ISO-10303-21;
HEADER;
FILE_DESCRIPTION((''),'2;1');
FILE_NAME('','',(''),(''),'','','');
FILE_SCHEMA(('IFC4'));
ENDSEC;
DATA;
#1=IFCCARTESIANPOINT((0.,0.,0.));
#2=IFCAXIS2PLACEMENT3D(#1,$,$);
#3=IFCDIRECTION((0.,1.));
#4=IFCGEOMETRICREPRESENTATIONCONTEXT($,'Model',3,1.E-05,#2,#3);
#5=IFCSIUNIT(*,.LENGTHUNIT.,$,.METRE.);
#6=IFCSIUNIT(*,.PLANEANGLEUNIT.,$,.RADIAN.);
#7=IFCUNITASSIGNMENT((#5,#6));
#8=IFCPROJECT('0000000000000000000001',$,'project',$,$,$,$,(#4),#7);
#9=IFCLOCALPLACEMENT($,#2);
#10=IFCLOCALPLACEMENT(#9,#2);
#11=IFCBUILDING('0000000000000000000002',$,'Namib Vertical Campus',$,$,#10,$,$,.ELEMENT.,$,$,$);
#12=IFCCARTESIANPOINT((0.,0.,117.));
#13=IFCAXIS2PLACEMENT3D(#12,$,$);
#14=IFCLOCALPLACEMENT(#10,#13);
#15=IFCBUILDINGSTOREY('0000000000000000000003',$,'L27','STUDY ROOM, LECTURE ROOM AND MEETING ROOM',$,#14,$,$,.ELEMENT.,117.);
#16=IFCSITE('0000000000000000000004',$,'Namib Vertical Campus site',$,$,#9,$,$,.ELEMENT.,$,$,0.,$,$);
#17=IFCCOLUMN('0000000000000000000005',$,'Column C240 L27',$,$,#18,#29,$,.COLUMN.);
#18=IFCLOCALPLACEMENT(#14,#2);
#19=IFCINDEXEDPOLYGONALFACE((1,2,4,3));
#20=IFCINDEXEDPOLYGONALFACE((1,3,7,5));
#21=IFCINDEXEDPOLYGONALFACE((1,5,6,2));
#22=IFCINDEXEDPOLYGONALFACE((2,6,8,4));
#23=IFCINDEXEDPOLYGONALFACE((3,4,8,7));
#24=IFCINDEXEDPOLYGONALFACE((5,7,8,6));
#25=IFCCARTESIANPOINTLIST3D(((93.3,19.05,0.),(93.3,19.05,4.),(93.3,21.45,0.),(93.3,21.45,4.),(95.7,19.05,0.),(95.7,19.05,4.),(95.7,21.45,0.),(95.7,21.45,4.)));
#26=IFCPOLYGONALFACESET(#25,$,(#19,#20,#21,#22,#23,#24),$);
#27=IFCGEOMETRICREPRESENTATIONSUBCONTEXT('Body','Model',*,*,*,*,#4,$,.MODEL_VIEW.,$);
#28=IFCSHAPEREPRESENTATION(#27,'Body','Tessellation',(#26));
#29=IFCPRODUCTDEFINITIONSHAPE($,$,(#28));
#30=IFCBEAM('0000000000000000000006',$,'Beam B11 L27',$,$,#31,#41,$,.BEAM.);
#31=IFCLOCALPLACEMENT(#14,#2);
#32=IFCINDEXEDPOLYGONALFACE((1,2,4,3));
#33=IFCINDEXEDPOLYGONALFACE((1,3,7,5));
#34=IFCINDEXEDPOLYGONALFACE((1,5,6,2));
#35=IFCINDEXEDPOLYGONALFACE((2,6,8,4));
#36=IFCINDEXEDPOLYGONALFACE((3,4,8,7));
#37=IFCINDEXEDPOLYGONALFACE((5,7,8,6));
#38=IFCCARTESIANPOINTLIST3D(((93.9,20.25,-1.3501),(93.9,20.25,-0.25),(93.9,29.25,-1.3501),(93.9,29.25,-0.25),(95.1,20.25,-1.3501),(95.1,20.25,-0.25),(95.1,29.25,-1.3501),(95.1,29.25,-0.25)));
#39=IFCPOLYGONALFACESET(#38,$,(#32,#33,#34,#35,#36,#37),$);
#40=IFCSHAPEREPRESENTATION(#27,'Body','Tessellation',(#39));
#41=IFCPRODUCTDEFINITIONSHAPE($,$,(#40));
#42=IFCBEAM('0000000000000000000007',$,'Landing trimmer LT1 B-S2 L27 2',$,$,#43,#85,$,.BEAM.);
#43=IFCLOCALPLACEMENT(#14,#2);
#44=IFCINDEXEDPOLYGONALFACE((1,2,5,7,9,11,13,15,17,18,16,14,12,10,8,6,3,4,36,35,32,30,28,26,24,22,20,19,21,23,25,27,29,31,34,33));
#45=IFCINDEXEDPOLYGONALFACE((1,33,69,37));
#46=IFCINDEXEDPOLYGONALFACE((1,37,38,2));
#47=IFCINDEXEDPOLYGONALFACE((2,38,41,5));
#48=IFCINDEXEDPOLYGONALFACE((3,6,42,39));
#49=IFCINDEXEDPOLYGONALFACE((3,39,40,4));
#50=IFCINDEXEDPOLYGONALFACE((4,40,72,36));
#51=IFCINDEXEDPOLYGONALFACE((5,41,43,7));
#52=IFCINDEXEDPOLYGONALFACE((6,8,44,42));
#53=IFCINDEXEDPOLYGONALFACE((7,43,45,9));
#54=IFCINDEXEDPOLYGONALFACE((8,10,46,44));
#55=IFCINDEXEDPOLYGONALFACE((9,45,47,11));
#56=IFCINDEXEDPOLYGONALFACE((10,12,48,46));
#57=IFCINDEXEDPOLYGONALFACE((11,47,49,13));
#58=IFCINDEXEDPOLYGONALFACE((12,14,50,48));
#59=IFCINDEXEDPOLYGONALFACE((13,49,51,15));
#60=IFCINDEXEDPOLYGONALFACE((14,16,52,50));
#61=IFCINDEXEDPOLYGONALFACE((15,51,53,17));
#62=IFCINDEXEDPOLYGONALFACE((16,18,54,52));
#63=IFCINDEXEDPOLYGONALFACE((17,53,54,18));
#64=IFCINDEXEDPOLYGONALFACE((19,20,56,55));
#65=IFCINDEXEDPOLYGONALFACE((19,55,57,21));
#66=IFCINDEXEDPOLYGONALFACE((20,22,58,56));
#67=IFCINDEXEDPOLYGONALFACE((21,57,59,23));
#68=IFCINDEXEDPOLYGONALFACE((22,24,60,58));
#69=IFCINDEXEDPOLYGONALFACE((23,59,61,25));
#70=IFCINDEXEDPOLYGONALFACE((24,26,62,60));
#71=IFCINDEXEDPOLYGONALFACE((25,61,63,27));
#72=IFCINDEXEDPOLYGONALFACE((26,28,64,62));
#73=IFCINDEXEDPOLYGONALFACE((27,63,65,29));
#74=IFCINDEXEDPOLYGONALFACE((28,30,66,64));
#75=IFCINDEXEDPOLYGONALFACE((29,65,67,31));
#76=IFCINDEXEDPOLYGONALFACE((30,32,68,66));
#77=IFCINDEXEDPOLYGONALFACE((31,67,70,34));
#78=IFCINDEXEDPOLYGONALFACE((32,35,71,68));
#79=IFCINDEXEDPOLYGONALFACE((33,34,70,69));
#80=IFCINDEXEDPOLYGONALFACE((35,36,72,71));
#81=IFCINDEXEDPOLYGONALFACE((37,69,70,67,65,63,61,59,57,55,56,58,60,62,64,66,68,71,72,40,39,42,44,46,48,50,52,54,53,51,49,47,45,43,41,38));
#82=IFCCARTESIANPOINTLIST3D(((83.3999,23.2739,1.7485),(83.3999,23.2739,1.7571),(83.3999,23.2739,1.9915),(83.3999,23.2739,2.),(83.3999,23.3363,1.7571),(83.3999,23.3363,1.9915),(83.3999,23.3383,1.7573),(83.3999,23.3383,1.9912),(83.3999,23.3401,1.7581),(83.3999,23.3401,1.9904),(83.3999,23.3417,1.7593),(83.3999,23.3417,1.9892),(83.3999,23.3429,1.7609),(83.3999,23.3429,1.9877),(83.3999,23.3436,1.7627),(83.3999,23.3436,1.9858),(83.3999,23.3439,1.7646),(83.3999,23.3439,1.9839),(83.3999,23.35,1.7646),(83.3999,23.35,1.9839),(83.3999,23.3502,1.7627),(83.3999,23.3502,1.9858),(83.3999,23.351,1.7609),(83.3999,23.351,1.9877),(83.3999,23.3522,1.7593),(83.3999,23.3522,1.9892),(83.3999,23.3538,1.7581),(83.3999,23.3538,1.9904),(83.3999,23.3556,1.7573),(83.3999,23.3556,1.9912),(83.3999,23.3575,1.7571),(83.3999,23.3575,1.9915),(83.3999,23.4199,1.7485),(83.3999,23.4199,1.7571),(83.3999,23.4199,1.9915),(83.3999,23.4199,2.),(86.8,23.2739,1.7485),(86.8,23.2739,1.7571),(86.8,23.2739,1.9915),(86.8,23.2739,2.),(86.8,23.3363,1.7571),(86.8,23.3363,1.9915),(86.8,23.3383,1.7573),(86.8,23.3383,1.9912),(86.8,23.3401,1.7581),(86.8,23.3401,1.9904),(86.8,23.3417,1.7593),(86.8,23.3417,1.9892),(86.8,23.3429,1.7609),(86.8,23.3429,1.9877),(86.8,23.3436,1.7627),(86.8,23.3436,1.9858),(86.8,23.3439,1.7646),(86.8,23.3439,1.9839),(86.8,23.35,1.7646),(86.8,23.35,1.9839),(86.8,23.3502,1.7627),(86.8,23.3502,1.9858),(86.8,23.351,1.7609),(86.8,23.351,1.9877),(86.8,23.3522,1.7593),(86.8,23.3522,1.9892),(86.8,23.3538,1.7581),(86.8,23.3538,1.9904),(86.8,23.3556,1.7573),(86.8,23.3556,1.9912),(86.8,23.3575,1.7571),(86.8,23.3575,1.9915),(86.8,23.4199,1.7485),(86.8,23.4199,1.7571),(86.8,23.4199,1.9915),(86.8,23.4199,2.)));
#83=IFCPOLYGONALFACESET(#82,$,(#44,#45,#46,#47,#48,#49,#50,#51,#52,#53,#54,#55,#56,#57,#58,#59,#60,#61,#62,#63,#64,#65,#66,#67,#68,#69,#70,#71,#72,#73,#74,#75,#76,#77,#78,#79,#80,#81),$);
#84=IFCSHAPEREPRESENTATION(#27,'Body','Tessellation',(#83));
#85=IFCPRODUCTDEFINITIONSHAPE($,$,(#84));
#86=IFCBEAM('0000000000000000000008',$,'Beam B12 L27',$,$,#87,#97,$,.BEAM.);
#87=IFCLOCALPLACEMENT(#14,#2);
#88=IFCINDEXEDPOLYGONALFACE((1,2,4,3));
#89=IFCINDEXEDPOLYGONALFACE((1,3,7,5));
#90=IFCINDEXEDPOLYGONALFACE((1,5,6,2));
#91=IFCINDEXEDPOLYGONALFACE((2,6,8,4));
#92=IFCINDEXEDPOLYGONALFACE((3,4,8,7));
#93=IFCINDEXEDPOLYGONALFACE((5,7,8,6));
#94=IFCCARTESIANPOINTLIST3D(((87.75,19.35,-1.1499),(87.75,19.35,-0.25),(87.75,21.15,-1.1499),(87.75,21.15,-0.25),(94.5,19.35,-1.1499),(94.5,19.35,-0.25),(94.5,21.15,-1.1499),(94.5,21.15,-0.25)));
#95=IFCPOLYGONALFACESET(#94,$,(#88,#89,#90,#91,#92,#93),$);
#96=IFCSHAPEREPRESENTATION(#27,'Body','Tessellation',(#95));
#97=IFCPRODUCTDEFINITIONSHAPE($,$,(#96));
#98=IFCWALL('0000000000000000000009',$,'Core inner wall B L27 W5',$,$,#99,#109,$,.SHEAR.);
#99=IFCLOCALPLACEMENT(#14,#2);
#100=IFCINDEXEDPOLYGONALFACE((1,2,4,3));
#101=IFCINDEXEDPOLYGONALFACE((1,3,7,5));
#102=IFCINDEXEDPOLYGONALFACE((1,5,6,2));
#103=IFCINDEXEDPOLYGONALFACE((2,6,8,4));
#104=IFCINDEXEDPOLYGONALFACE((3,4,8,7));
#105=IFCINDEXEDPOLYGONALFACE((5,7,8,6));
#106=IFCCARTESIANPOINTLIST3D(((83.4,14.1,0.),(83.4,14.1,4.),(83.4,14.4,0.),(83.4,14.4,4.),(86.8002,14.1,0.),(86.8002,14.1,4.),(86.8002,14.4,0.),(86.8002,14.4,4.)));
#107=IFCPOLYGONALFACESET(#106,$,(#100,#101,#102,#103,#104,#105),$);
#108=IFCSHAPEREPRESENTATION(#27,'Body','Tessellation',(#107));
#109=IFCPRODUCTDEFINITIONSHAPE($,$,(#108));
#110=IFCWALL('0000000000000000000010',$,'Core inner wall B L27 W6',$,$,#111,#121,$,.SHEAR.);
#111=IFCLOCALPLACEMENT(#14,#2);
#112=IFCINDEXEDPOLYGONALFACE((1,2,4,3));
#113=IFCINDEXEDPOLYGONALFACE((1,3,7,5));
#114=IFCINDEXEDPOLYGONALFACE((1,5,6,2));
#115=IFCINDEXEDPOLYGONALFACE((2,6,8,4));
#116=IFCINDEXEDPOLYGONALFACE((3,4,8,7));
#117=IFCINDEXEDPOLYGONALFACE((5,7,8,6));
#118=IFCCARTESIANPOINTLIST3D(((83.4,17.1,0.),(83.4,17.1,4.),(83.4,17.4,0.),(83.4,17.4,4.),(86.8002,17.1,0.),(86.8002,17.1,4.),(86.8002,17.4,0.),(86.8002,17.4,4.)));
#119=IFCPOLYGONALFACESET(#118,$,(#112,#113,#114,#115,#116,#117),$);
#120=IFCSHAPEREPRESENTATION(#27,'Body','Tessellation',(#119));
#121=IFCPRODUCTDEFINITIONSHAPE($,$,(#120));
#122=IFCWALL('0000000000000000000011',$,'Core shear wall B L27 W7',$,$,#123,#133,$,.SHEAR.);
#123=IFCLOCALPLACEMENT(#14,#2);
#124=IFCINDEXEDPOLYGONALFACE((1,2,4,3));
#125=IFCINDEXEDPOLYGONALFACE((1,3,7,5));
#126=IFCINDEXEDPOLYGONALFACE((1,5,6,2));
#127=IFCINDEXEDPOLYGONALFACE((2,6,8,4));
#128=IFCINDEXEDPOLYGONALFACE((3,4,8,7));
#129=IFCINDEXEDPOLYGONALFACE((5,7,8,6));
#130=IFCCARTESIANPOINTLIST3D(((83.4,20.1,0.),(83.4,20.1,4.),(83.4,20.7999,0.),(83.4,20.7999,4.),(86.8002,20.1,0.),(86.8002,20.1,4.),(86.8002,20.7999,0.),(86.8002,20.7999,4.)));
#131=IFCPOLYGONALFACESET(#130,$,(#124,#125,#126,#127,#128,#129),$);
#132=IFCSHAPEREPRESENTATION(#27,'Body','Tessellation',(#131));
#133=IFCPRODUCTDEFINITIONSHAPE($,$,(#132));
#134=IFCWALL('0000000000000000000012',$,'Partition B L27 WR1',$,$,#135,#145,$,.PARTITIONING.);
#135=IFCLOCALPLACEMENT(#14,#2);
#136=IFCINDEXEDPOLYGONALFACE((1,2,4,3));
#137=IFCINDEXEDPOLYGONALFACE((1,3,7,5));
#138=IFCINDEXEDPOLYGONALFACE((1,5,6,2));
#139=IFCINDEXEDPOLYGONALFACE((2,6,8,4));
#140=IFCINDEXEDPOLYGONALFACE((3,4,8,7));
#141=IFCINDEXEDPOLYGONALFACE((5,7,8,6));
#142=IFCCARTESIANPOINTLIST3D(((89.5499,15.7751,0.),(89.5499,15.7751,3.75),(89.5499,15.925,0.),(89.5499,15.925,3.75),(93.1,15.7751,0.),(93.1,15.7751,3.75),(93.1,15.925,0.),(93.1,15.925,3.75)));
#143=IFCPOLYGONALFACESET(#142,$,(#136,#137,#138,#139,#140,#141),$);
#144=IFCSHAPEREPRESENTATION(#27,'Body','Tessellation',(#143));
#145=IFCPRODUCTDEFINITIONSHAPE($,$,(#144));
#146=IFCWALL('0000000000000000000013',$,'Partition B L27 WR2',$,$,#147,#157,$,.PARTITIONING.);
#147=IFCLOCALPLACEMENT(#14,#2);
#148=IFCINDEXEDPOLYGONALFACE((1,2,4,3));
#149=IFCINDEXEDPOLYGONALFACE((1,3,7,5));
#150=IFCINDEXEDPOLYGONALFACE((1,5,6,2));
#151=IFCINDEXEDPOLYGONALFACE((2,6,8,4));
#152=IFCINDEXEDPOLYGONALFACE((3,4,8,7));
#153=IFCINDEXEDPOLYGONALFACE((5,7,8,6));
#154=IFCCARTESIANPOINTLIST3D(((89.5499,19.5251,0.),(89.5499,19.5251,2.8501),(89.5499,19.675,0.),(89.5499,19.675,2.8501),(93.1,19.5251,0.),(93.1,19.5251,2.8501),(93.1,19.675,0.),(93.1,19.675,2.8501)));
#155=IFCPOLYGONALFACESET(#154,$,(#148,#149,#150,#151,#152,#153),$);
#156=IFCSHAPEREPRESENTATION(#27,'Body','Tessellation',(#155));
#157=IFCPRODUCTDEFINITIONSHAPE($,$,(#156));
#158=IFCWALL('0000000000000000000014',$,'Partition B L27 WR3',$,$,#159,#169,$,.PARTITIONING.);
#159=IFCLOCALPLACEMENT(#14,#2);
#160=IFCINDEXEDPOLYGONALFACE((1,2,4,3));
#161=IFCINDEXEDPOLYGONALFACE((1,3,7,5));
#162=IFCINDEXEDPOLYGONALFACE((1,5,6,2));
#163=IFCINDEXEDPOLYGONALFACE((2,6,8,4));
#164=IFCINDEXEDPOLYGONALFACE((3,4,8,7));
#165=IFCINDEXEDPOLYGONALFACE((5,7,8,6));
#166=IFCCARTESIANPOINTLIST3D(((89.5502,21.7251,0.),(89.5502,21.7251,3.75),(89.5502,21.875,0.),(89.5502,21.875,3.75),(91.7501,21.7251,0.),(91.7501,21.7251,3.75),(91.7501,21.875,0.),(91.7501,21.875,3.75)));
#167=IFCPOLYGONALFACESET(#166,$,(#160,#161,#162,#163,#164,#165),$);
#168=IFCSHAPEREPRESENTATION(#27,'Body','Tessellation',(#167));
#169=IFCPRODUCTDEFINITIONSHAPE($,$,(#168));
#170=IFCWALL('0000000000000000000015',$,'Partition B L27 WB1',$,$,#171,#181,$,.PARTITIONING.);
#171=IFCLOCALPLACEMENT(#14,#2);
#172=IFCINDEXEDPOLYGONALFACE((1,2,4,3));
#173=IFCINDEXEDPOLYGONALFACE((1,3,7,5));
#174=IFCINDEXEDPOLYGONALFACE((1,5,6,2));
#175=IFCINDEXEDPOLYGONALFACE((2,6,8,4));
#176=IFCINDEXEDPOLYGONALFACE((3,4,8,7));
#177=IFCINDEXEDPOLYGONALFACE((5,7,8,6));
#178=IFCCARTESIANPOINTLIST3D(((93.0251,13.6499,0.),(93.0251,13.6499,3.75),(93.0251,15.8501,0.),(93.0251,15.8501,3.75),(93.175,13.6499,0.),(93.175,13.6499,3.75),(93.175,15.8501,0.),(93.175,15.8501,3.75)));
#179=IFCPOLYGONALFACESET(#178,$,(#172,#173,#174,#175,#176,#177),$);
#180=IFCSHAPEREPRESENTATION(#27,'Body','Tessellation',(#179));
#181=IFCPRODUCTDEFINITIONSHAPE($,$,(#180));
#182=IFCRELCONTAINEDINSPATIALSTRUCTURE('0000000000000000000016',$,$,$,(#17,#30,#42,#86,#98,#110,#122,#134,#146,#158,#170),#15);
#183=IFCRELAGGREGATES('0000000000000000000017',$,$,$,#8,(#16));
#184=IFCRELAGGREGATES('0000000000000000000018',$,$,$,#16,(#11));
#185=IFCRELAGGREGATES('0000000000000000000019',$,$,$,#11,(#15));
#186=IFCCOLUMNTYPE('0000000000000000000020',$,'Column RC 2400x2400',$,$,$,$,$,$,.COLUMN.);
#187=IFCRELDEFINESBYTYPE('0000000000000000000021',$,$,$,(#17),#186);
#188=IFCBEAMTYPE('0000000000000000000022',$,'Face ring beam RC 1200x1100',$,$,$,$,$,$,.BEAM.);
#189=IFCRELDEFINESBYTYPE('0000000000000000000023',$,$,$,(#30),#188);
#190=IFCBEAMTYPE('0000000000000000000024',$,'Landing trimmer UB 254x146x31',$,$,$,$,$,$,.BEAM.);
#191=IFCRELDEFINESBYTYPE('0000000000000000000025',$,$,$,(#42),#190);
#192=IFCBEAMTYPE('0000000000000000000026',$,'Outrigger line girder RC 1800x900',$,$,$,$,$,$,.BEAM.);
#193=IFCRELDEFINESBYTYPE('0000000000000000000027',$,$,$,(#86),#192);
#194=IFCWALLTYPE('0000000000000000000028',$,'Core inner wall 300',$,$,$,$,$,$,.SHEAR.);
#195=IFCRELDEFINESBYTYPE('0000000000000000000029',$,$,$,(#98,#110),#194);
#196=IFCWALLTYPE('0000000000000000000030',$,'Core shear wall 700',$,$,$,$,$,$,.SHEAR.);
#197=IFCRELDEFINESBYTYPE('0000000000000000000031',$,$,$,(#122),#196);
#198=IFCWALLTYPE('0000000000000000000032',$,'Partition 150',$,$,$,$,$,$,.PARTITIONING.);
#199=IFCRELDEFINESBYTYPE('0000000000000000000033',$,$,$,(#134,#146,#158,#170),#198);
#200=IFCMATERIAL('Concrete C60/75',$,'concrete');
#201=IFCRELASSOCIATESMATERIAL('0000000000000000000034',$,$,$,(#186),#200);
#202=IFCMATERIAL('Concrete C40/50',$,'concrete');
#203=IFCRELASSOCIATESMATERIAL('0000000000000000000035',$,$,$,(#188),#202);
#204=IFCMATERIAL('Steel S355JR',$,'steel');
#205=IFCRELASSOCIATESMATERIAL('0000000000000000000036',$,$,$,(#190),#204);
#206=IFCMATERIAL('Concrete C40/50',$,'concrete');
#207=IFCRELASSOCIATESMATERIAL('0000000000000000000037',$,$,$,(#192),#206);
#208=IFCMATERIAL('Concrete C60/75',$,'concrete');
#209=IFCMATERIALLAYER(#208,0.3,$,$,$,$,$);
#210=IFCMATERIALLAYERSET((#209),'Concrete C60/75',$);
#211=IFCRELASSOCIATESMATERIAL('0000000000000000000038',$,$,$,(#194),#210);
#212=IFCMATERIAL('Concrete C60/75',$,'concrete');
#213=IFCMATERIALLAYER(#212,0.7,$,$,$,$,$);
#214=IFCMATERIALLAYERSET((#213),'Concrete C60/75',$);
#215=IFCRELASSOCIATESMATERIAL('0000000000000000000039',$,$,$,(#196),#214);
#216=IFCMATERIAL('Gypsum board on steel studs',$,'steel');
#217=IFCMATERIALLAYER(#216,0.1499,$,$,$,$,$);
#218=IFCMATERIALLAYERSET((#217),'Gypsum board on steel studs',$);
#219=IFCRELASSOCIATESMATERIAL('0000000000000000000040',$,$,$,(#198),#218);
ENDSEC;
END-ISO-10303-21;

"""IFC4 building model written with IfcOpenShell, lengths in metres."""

from ifc_helpers import new_model, si_unit, direction, frame, frame_2d, origin, origin_2d, place, context, subcontext, project, spatial, rectangle, i_section, extrude, material, layer, layer_set, material_profile, profile_set, type_object, element, save


model = new_model("IFC4")

# Units and contexts
model_context = context("Model", 3, precision=1e-05, world=origin(), true_north=direction((0.0, 1.0)))
body_context = subcontext(model_context, "Body", "Model", "MODEL_VIEW")
ifc_project = project(units=[si_unit("LENGTHUNIT", "METRE"), si_unit("PLANEANGLEUNIT", "RADIAN")], contexts=[model_context])

# Site, building, storey
site_placement = place(None, origin())
site = spatial("IfcSite", under=ifc_project, at=site_placement, Name="Namib Vertical Campus site", CompositionType="ELEMENT", RefElevation=0.0)
building_placement = place(site_placement, origin())
building = spatial("IfcBuilding", under=site, at=building_placement, Name="Namib Vertical Campus", CompositionType="ELEMENT")
storey_placement = place(building_placement, frame((0.0, 0.0, 117.0)))
storey = spatial("IfcBuildingStorey", under=building, at=storey_placement, Name="L27", Description="STUDY ROOM, LECTURE ROOM AND MEETING ROOM", CompositionType="ELEMENT", Elevation=117.0)

# Column
ifc_material_1 = material(Name="Concrete C60/75", Category="concrete")
ifc_material_profile_1 = material_profile(ifc_material_1, rectangle(XDim=2.3999, YDim=2.3999, at=origin_2d()))
ifc_profile_set_1 = profile_set([ifc_material_profile_1], Name="Concrete C60/75")
column_type = type_object("IfcColumnType", Name="Column RC 2400x2400", PredefinedType="COLUMN", material=ifc_profile_set_1)
column_placement = place(storey_placement, frame((94.5, 20.25, 0.0), z_axis=(0.0, 0.0, 1.0), x_axis=(1.0, 0.0, 0.0)))
element("IfcColumn", 1, at=column_placement, inside=storey, type_object=column_type, Name="Column C240 L27", PredefinedType="COLUMN", context=body_context, shape_type="SweptSolid", body=[
    extrude(rectangle(XDim=2.3999, YDim=2.3999, at=origin_2d()), origin(), (0.0, 0.0, 1.0), 4.0),
])

# Beams
ifc_material_2 = material(Name="Concrete C40/50", Category="concrete")
ifc_material_profile_2 = material_profile(ifc_material_2, rectangle(XDim=1.2, YDim=1.1001, at=origin_2d()))
ifc_profile_set_2 = profile_set([ifc_material_profile_2], Name="Concrete C40/50")
beam_type_1 = type_object("IfcBeamType", Name="Face ring beam RC 1200x1100", PredefinedType="BEAM", material=ifc_profile_set_2)
beam_1_placement = place(storey_placement, frame((94.5, 20.25, -0.8), z_axis=(0.0, 1.0, 0.0), x_axis=(-1.0, 0.0, 0.0)))
element("IfcBeam", 2, at=beam_1_placement, inside=storey, type_object=beam_type_1, Name="Beam B11 L27", PredefinedType="BEAM", context=body_context, shape_type="SweptSolid", body=[
    extrude(rectangle(XDim=1.2, YDim=1.1001, at=origin_2d()), origin(), (0.0, 0.0, 1.0), 9.0),
])
ifc_material_3 = material(Name="Steel S355JR", Category="steel")
ifc_material_profile_3 = material_profile(ifc_material_3, i_section(OverallWidth=0.146, OverallDepth=0.2515, WebThickness=0.0061, FlangeThickness=0.0085, FilletRadius=0.0076, at=origin_2d()))
ifc_profile_set_3 = profile_set([ifc_material_profile_3], Name="Steel S355JR")
beam_type_2 = type_object("IfcBeamType", Name="Landing trimmer UB 254x146x31", PredefinedType="BEAM", material=ifc_profile_set_3)
beam_2_placement = place(storey_placement, frame((83.3999, 23.3469, 1.8743), z_axis=(1.0, 0.0, 0.0), x_axis=(0.0, 1.0, 0.0)))
element("IfcBeam", 3, at=beam_2_placement, inside=storey, type_object=beam_type_2, Name="Landing trimmer LT1 B-S2 L27 2", PredefinedType="BEAM", context=body_context, shape_type="SweptSolid", body=[
    extrude(i_section(OverallWidth=0.146, OverallDepth=0.2515, WebThickness=0.0061, FlangeThickness=0.0085, FilletRadius=0.0076, at=origin_2d()), origin(), (0.0, 0.0, 1.0), 3.4001),
])
ifc_material_4 = material(Name="Concrete C40/50", Category="concrete")
ifc_material_profile_4 = material_profile(ifc_material_4, rectangle(XDim=1.8, YDim=0.8999, at=origin_2d()))
ifc_profile_set_4 = profile_set([ifc_material_profile_4], Name="Concrete C40/50")
beam_type_3 = type_object("IfcBeamType", Name="Outrigger line girder RC 1800x900", PredefinedType="BEAM", material=ifc_profile_set_4)
beam_3_placement = place(storey_placement, frame((94.5, 20.25, -0.7), z_axis=(-1.0, 0.0, 0.0), x_axis=(0.0, -1.0, 0.0)))
element("IfcBeam", 4, at=beam_3_placement, inside=storey, type_object=beam_type_3, Name="Beam B12 L27", PredefinedType="BEAM", context=body_context, shape_type="SweptSolid", body=[
    extrude(rectangle(XDim=1.8, YDim=0.8999, at=origin_2d()), origin(), (0.0, 0.0, 1.0), 6.75),
])

# Walls
ifc_material_5 = material(Name="Concrete C60/75", Category="concrete")
ifc_layer_1 = layer(ifc_material_5, 0.3)
ifc_layer_set_1 = layer_set([ifc_layer_1], Name="Concrete C60/75")
wall_type_1 = type_object("IfcWallType", Name="Core inner wall 300", PredefinedType="SHEAR", material=ifc_layer_set_1)
for number, where, z_axis, x_axis, name in (
    (5, (83.3999, 14.25, 0.0), (0.0, 0.0, 1.0), (1.0, 0.0, 0.0), "Core inner wall B L27 W5"),
    (6, (83.3999, 17.25, 0.0), (0.0, 0.0, 1.0), (1.0, 0.0, 0.0), "Core inner wall B L27 W6"),
):
    element("IfcWall", number, at=place(storey_placement, frame(where, z_axis=z_axis, x_axis=x_axis)), inside=storey, type_object=wall_type_1, Name=name, PredefinedType="SHEAR", context=body_context, shape_type="SweptSolid", body=[
        extrude(rectangle(XDim=3.4001, YDim=0.3, at=frame_2d((1.7002, 0.0))), origin(), (0.0, 0.0, 1.0), 4.0),
    ])
ifc_material_6 = material(Name="Concrete C60/75", Category="concrete")
ifc_layer_2 = layer(ifc_material_6, 0.7)
ifc_layer_set_2 = layer_set([ifc_layer_2], Name="Concrete C60/75")
wall_type_2 = type_object("IfcWallType", Name="Core shear wall 700", PredefinedType="SHEAR", material=ifc_layer_set_2)
wall_1_placement = place(storey_placement, frame((83.3999, 20.45, 0.0), z_axis=(0.0, 0.0, 1.0), x_axis=(1.0, 0.0, 0.0)))
element("IfcWall", 7, at=wall_1_placement, inside=storey, type_object=wall_type_2, Name="Core shear wall B L27 W7", PredefinedType="SHEAR", context=body_context, shape_type="SweptSolid", body=[
    extrude(rectangle(XDim=3.4001, YDim=0.7, at=frame_2d((1.7002, 0.0))), origin(), (0.0, 0.0, 1.0), 4.0),
])
ifc_material_7 = material(Name="Gypsum board on steel studs", Category="steel")
ifc_layer_3 = layer(ifc_material_7, 0.1499)
ifc_layer_set_3 = layer_set([ifc_layer_3], Name="Gypsum board on steel studs")
wall_type_3 = type_object("IfcWallType", Name="Partition 150", PredefinedType="PARTITIONING", material=ifc_layer_set_3)
wall_2_placement = place(storey_placement, frame((89.55, 15.8501, 0.0), z_axis=(0.0, 0.0, 1.0), x_axis=(1.0, 0.0, 0.0)))
element("IfcWall", 8, at=wall_2_placement, inside=storey, type_object=wall_type_3, Name="Partition B L27 WR1", PredefinedType="PARTITIONING", context=body_context, shape_type="SweptSolid", body=[
    extrude(rectangle(XDim=3.55, YDim=0.1499, at=frame_2d((1.7749, 0.0))), origin(), (0.0, 0.0, 1.0), 3.75),
])
wall_3_placement = place(storey_placement, frame((89.55, 19.6001, 0.0), z_axis=(0.0, 0.0, 1.0), x_axis=(1.0, 0.0, 0.0)))
element("IfcWall", 9, at=wall_3_placement, inside=storey, type_object=wall_type_3, Name="Partition B L27 WR2", PredefinedType="PARTITIONING", context=body_context, shape_type="SweptSolid", body=[
    extrude(rectangle(XDim=3.55, YDim=0.1499, at=frame_2d((1.7749, 0.0))), origin(), (0.0, 0.0, 1.0), 2.8501),
])
wall_4_placement = place(storey_placement, frame((89.55, 21.8, 0.0), z_axis=(0.0, 0.0, 1.0), x_axis=(1.0, 0.0, 0.0)))
element("IfcWall", 10, at=wall_4_placement, inside=storey, type_object=wall_type_3, Name="Partition B L27 WR3", PredefinedType="PARTITIONING", context=body_context, shape_type="SweptSolid", body=[
    extrude(rectangle(XDim=2.2, YDim=0.1499, at=frame_2d((1.1001, 0.0))), origin(), (0.0, 0.0, 1.0), 3.75),
])
wall_5_placement = place(storey_placement, frame((93.1001, 13.6499, 0.0), z_axis=(0.0, 0.0, 1.0), x_axis=(0.0, 1.0, 0.0)))
element("IfcWall", 11, at=wall_5_placement, inside=storey, type_object=wall_type_3, Name="Partition B L27 WB1", PredefinedType="PARTITIONING", context=body_context, shape_type="SweptSolid", body=[
    extrude(rectangle(XDim=2.2002, YDim=0.1499, at=frame_2d((1.1001, 0.0))), origin(), (0.0, 0.0, 1.0), 3.75),
])

save(model, "model.ifc")
